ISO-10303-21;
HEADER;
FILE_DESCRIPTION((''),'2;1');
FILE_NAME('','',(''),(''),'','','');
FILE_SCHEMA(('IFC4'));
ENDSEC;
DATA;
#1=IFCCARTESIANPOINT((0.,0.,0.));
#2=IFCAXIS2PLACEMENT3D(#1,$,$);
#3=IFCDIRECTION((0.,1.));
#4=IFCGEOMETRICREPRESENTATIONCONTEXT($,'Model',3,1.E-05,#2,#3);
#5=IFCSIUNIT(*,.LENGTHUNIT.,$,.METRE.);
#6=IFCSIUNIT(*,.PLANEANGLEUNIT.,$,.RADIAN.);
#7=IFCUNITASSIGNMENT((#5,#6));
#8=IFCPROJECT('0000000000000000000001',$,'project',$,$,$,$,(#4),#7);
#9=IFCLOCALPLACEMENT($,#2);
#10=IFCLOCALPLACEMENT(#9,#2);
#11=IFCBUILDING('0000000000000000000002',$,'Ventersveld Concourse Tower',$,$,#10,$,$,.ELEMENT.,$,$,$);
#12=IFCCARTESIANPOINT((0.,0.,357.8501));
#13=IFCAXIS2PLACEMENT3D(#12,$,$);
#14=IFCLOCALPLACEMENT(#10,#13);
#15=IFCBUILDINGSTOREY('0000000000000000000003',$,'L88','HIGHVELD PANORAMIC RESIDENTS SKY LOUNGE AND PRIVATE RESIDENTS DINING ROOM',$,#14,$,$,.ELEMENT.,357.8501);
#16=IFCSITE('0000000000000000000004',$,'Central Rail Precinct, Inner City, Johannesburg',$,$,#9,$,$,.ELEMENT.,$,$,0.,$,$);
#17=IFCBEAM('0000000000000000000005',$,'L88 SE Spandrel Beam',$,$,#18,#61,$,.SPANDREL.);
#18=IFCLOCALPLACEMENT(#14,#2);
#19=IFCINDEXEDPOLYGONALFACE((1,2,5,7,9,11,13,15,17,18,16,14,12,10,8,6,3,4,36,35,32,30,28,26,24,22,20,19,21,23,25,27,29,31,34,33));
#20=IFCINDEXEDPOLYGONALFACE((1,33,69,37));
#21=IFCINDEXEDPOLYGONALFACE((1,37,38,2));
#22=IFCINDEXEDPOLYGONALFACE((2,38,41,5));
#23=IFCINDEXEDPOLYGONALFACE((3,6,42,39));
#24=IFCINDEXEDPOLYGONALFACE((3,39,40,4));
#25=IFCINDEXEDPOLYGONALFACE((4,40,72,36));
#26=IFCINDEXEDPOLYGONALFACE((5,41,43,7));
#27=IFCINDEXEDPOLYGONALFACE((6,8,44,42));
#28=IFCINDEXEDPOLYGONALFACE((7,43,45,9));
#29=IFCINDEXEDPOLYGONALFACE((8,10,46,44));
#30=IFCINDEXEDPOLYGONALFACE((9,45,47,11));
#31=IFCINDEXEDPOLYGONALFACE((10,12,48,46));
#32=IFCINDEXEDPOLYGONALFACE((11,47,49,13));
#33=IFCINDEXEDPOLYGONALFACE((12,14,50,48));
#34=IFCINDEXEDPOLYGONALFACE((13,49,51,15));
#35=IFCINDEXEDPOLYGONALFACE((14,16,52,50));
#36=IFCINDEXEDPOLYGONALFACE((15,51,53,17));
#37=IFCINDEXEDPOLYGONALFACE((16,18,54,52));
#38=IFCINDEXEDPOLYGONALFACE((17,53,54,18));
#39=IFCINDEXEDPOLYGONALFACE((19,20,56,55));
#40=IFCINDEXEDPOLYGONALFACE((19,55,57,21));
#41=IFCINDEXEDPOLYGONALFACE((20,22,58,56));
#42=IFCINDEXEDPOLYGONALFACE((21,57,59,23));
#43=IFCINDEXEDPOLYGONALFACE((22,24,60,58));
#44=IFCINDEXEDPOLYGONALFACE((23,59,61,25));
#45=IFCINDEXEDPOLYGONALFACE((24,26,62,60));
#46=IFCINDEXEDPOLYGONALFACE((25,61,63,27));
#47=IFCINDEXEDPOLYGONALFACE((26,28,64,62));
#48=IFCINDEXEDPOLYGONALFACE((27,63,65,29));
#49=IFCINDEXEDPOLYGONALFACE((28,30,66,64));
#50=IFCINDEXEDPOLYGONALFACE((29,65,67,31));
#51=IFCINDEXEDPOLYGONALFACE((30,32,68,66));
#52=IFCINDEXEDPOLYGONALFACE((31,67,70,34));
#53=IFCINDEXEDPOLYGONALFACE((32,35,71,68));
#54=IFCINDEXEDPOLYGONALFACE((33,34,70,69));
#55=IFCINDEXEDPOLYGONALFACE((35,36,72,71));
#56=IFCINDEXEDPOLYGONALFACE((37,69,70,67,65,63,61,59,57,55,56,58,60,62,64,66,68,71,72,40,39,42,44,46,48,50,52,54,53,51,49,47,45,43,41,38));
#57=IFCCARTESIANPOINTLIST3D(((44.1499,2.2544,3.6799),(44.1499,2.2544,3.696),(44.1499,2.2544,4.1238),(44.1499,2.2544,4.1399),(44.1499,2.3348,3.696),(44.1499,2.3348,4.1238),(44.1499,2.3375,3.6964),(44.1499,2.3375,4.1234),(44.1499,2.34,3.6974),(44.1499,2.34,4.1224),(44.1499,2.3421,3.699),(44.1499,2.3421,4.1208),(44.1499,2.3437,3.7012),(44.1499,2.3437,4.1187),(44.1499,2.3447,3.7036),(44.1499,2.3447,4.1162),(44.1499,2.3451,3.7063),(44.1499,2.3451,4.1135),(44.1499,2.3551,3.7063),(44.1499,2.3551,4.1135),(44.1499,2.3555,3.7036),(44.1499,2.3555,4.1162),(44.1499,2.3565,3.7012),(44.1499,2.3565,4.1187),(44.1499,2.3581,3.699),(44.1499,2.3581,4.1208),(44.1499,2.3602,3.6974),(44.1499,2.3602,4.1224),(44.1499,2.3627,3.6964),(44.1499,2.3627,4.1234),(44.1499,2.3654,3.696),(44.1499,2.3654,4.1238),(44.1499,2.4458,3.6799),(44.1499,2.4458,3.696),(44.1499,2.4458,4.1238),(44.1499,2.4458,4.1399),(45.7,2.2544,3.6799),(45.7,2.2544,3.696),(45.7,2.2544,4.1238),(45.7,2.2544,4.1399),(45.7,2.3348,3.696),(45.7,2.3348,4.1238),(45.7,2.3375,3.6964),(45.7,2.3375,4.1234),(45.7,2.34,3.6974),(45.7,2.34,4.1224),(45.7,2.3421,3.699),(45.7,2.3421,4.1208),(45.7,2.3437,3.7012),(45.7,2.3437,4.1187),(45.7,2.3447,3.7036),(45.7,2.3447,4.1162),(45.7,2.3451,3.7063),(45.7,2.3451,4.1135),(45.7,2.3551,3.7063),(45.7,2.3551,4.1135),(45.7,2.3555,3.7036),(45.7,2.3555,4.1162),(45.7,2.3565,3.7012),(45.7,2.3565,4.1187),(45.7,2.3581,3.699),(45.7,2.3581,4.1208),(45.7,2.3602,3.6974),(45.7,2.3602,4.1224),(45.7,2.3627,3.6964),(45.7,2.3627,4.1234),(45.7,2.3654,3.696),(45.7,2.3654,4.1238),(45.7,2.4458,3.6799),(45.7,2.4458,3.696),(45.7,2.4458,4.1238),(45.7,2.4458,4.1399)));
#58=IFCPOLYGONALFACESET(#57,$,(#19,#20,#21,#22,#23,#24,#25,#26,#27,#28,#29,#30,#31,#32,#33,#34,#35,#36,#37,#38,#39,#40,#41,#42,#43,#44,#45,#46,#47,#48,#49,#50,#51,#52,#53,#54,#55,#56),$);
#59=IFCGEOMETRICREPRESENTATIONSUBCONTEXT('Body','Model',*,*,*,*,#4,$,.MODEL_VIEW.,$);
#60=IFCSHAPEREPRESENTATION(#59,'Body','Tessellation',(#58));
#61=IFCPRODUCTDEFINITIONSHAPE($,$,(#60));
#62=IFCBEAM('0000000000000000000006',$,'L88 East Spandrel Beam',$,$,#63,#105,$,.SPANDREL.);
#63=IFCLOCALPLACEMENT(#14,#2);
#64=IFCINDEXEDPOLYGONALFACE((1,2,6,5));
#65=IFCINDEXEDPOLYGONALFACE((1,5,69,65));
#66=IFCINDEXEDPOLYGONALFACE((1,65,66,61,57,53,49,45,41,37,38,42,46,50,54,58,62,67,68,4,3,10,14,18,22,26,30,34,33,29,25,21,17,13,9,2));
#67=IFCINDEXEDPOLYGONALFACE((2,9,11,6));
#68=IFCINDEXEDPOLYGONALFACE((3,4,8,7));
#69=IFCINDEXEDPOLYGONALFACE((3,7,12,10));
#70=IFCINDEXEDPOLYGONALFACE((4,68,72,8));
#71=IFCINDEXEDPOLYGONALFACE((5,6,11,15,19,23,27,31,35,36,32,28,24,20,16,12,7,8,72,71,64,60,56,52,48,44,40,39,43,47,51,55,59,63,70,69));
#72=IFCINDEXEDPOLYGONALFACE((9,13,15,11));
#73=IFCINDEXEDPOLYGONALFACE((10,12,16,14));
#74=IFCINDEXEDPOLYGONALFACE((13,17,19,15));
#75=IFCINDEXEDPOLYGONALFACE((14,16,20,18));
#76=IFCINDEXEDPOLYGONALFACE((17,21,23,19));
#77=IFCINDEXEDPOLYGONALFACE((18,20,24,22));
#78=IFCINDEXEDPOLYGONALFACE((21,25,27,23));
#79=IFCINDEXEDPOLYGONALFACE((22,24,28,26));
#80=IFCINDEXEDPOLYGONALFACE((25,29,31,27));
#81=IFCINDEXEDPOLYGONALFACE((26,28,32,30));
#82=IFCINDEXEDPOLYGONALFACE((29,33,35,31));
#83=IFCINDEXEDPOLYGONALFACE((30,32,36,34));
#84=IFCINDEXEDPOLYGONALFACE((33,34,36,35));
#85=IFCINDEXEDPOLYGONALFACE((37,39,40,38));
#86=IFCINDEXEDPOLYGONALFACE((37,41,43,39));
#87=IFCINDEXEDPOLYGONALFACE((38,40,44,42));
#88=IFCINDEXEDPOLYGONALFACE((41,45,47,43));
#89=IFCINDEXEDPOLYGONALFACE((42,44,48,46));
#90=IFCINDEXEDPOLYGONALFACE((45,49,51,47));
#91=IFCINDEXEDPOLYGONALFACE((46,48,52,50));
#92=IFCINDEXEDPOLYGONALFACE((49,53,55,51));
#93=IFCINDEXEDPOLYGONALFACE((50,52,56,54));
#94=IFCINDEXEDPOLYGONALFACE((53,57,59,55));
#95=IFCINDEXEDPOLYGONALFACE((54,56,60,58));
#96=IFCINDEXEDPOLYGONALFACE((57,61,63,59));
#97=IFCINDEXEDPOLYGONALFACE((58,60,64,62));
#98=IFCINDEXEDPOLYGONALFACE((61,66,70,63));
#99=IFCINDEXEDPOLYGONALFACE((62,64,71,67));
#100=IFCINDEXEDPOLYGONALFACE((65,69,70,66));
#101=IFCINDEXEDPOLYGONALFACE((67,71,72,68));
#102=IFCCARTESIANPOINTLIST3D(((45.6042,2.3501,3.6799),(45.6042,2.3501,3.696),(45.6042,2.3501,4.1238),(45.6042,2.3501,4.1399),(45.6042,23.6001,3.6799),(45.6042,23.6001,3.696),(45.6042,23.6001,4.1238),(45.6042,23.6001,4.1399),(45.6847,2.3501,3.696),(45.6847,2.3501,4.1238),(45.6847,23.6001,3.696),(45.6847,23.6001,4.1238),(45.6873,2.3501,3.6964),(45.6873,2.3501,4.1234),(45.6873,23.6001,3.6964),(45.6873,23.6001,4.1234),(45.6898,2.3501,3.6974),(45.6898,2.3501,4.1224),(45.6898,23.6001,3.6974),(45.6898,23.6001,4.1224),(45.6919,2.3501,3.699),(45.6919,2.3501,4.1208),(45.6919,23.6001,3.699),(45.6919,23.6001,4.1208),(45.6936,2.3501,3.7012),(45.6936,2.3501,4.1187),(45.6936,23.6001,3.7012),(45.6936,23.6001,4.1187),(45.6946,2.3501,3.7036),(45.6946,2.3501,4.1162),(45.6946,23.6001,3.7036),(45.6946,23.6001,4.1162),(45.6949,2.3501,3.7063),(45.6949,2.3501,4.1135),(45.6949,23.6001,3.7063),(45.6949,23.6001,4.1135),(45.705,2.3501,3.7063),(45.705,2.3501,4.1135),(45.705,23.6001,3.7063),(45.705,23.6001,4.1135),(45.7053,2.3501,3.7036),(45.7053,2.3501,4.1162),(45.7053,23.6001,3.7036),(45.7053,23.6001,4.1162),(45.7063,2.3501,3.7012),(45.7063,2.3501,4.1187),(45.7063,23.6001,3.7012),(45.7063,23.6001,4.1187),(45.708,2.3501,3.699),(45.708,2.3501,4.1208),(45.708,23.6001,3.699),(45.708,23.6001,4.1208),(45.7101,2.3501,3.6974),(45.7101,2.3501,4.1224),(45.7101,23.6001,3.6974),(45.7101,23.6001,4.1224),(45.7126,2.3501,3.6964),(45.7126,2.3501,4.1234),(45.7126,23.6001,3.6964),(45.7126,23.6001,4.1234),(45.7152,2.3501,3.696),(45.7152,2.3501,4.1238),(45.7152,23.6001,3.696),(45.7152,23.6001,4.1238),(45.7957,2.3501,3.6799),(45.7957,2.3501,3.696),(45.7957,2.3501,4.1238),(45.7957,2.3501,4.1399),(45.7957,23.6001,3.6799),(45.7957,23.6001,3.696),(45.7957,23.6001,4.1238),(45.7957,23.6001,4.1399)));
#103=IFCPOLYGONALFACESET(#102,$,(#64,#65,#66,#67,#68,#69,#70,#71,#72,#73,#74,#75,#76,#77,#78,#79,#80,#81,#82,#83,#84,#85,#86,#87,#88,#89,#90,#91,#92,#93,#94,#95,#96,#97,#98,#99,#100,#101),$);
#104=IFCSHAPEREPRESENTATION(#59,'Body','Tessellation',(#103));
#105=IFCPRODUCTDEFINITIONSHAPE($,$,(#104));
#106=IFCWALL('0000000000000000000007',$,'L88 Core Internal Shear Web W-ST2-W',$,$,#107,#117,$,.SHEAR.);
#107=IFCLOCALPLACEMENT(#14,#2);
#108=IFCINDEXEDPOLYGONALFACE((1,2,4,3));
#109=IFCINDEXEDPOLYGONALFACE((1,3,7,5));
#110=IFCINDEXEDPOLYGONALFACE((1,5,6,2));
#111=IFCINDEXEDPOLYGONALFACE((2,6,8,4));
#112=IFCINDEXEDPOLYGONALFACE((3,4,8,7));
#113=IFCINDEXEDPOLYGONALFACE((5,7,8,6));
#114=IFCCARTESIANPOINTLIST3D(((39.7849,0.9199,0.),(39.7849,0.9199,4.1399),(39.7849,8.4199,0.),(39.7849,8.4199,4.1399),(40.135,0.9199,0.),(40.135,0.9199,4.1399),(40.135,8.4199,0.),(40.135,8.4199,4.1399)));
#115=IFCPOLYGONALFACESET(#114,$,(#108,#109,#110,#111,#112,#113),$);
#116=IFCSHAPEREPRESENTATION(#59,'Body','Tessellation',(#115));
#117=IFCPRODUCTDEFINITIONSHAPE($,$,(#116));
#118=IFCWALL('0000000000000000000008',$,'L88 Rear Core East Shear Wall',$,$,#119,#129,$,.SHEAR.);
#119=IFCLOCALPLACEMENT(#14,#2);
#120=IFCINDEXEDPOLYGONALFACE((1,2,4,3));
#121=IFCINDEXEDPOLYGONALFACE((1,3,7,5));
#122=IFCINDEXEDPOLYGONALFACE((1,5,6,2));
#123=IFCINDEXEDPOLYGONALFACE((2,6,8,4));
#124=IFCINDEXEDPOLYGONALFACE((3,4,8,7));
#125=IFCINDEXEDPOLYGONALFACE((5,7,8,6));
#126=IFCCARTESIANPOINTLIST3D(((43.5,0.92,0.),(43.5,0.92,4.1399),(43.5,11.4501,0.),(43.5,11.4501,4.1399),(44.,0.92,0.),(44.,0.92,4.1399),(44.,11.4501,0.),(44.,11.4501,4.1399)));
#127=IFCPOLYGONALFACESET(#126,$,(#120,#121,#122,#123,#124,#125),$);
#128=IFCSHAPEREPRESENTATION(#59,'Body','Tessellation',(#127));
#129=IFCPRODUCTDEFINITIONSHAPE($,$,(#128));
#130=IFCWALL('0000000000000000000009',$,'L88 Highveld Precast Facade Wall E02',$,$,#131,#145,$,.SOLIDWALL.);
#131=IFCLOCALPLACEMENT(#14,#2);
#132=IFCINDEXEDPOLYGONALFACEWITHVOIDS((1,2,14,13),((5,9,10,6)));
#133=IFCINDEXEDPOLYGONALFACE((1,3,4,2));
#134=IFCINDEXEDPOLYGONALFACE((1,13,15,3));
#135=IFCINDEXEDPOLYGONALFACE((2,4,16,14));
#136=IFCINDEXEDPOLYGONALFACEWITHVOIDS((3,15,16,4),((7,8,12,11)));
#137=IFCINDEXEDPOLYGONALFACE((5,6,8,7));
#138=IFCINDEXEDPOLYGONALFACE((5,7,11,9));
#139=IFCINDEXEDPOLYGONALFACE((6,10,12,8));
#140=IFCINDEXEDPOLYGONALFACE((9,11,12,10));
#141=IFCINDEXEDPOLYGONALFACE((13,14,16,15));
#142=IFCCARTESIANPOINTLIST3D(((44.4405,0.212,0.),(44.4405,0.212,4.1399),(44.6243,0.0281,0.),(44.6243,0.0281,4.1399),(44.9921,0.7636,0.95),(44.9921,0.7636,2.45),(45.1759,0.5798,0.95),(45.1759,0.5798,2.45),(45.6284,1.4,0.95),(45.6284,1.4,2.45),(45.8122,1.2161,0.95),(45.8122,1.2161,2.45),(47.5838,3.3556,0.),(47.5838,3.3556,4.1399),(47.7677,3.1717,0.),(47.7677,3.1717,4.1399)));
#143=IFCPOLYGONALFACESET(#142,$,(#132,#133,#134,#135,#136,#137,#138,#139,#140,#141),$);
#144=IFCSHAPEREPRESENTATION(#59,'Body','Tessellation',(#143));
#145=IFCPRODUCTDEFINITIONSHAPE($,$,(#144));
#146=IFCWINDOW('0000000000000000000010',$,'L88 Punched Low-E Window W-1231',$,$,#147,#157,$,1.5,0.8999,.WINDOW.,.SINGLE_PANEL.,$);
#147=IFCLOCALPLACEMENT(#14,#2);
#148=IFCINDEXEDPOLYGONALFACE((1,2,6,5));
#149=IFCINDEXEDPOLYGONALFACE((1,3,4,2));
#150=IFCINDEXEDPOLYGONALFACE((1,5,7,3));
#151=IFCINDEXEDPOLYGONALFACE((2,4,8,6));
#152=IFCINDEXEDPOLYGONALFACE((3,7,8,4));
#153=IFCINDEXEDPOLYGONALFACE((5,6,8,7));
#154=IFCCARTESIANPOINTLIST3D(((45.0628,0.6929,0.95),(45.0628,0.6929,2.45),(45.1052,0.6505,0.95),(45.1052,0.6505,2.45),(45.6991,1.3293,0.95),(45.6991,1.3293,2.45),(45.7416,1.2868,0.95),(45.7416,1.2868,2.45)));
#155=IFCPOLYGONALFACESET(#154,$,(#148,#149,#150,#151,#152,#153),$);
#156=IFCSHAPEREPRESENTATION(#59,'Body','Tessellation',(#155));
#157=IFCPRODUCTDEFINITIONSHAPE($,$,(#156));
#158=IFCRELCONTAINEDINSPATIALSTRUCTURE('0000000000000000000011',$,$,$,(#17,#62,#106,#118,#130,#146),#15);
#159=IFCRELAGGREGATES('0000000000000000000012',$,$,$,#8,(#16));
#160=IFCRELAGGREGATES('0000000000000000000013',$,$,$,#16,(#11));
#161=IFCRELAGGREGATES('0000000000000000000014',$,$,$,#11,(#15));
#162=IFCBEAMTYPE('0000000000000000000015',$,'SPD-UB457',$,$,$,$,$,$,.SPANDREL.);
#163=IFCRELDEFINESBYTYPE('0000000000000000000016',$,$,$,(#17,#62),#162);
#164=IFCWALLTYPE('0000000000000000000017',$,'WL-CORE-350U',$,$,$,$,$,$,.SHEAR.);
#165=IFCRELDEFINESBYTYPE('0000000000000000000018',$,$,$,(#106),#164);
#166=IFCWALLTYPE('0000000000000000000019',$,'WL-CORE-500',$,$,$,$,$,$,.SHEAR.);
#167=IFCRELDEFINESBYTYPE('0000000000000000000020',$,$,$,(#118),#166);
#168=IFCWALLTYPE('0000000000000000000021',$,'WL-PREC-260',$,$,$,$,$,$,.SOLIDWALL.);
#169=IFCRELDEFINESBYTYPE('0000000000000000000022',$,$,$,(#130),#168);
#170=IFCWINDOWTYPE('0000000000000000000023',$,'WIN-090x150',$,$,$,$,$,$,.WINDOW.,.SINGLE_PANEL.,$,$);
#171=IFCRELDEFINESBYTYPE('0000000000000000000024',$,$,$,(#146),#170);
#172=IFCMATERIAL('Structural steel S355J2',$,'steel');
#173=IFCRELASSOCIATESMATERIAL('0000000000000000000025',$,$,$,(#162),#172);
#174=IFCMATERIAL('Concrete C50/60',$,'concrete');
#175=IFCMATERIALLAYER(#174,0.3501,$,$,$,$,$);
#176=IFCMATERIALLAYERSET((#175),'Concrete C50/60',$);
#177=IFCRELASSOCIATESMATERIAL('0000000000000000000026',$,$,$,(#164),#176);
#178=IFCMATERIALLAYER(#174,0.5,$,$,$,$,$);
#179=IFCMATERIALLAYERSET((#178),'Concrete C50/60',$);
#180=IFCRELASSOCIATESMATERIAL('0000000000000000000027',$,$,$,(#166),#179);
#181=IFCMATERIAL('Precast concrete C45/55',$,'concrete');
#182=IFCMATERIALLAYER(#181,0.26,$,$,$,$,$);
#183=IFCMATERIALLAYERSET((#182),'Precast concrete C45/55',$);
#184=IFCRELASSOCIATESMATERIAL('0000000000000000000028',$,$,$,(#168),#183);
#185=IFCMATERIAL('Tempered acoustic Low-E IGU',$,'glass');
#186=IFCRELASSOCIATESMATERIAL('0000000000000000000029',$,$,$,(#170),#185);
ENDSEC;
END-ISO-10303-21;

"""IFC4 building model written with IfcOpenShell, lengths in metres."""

from ifc_helpers import new_model, si_unit, direction, frame, frame_2d, origin, origin_2d, place, context, subcontext, project, spatial, rectangle, i_section, extrude, material, layer, layer_set, material_profile, profile_set, type_object, element, fill, save


model = new_model("IFC4")

# Units and contexts
model_context = context("Model", 3, precision=1e-05, world=origin(), true_north=direction((0.0, 1.0)))
body_context = subcontext(model_context, "Body", "Model", "MODEL_VIEW")
ifc_project = project(units=[si_unit("LENGTHUNIT", "METRE"), si_unit("PLANEANGLEUNIT", "RADIAN")], contexts=[model_context])

# Site, building, storey
site_placement = place(None, origin())
site = spatial("IfcSite", under=ifc_project, at=site_placement, Name="Central Rail Precinct, Inner City, Johannesburg", CompositionType="ELEMENT", RefElevation=0.0)
building_placement = place(site_placement, origin())
building = spatial("IfcBuilding", under=site, at=building_placement, Name="Ventersveld Concourse Tower", CompositionType="ELEMENT")
storey_placement = place(building_placement, frame((0.0, 0.0, 357.8501)))
storey = spatial("IfcBuildingStorey", under=building, at=storey_placement, Name="L88", Description="HIGHVELD PANORAMIC RESIDENTS SKY LOUNGE AND PRIVATE RESIDENTS DINING ROOM", CompositionType="ELEMENT", Elevation=357.8501)

# Shared definitions
ifc_material_1 = material(Name="Concrete C50/60", Category="concrete")

# Shared definitions
ifc_material_2 = material(Name="Structural steel S355J2", Category="steel")

# Beams
ifc_material_profile_1 = material_profile(ifc_material_2, i_section(OverallWidth=0.1914, OverallDepth=0.46, WebThickness=0.01, FlangeThickness=0.0161, FilletRadius=0.0103, at=origin_2d()), Name="UB 457x191x82")
ifc_profile_set_1 = profile_set([ifc_material_profile_1], Name="Structural steel S355J2")
beam_type_1 = type_object("IfcBeamType", Name="SPD-UB457", PredefinedType="SPANDREL", material=ifc_profile_set_1)
beam_1_placement = place(storey_placement, frame((44.1499, 2.3501, 3.9099), z_axis=(1.0, 0.0, 0.0), x_axis=(0.0, 1.0, 0.0)))
element("IfcBeam", 1, at=beam_1_placement, inside=storey, type_object=beam_type_1, Name="L88 SE Spandrel Beam", PredefinedType="SPANDREL", context=body_context, shape_type="SweptSolid", body=[
    extrude(i_section(OverallWidth=0.1914, OverallDepth=0.46, WebThickness=0.01, FlangeThickness=0.0161, FilletRadius=0.0103, at=origin_2d()), origin(), (0.0, 0.0, 1.0), 1.55),
])
beam_2_placement = place(storey_placement, frame((45.7, 2.3501, 3.9099), z_axis=(0.0, 1.0, 0.0), x_axis=(-1.0, 0.0, 0.0)))
element("IfcBeam", 2, at=beam_2_placement, inside=storey, type_object=beam_type_1, Name="L88 East Spandrel Beam", PredefinedType="SPANDREL", context=body_context, shape_type="SweptSolid", body=[
    extrude(i_section(OverallWidth=0.1914, OverallDepth=0.46, WebThickness=0.01, FlangeThickness=0.0161, FilletRadius=0.0103, at=origin_2d()), origin(), (0.0, 0.0, 1.0), 21.25),
])

# Walls
ifc_layer_1 = layer(ifc_material_1, 0.3501)
ifc_layer_set_1 = layer_set([ifc_layer_1], Name="Concrete C50/60")
wall_type_1 = type_object("IfcWallType", Name="WL-CORE-350U", PredefinedType="SHEAR", material=ifc_layer_set_1)
wall_1_placement = place(storey_placement, frame((39.96, 0.9199, 0.0), z_axis=(0.0, 0.0, 1.0), x_axis=(0.0, 1.0, 0.0)))
element("IfcWall", 3, at=wall_1_placement, inside=storey, type_object=wall_type_1, Name="L88 Core Internal Shear Web W-ST2-W", PredefinedType="SHEAR", context=body_context, shape_type="SweptSolid", body=[
    extrude(rectangle(XDim=7.5, YDim=0.3501, at=frame_2d((3.75, 0.0))), origin(), (0.0, 0.0, 1.0), 4.1399),
])
ifc_layer_2 = layer(ifc_material_1, 0.5)
ifc_layer_set_2 = layer_set([ifc_layer_2], Name="Concrete C50/60")
wall_type_2 = type_object("IfcWallType", Name="WL-CORE-500", PredefinedType="SHEAR", material=ifc_layer_set_2)
wall_2_placement = place(storey_placement, frame((43.75, 0.9199, 0.0), z_axis=(0.0, 0.0, 1.0), x_axis=(0.0, 1.0, 0.0)))
element("IfcWall", 4, at=wall_2_placement, inside=storey, type_object=wall_type_2, Name="L88 Rear Core East Shear Wall", PredefinedType="SHEAR", context=body_context, shape_type="SweptSolid", body=[
    extrude(rectangle(XDim=10.53, YDim=0.5, at=frame_2d((5.2651, 0.0))), origin(), (0.0, 0.0, 1.0), 4.1399),
])

# Wall, opening, window
ifc_material_3 = material(Name="Precast concrete C45/55", Category="concrete")
ifc_layer_3 = layer(ifc_material_3, 0.26)
ifc_layer_set_3 = layer_set([ifc_layer_3], Name="Precast concrete C45/55")
wall_type_3 = type_object("IfcWallType", Name="WL-PREC-260", PredefinedType="SOLIDWALL", material=ifc_layer_set_3)
wall_3_placement = place(storey_placement, frame((44.5325, 0.1201, 0.0), z_axis=(0.0, 0.0, 1.0), x_axis=(0.707079, 0.707134, 0.0)))
wall_3 = element("IfcWall", 5, at=wall_3_placement, inside=storey, type_object=wall_type_3, Name="L88 Highveld Precast Facade Wall E02", PredefinedType="SOLIDWALL", context=body_context, shape_type="SweptSolid", body=[
    extrude(rectangle(XDim=4.4456, YDim=0.26, at=frame_2d((2.2227, 0.0))), origin(), (0.0, 0.0, 1.0), 4.1399),
])
opening_1_placement = place(wall_3_placement, frame((0.78, 0.0, 0.95)))
opening_1 = element("IfcOpeningElement", 6, at=opening_1_placement, cuts=wall_3, PredefinedType="OPENING", context=body_context, shape_type="SweptSolid", body=[
    extrude(rectangle(XDim=0.8999, YDim=1.5, at=frame_2d((0.45, 0.75))), frame((0.0, 0.1401, 0.0), z_axis=(0.0, -1.0, 0.0), x_axis=(1.0, 0.0, 0.0)), (0.0, 0.0, 1.0), 0.28),
])
ifc_material_4 = material(Name="Tempered acoustic Low-E IGU", Category="glass")
window_type_1 = type_object("IfcWindowType", Name="WIN-090x150", PartitioningType="SINGLE_PANEL", PredefinedType="WINDOW", material=ifc_material_4)
window_1_placement = place(opening_1_placement, origin())
window_1 = element("IfcWindow", 7, at=window_1_placement, inside=storey, type_object=window_type_1, Name="L88 Punched Low-E Window W-1231", OverallHeight=1.5, OverallWidth=0.8999, PartitioningType="SINGLE_PANEL", PredefinedType="WINDOW", context=body_context, shape_type="SweptSolid", body=[
    extrude(rectangle(XDim=0.8999, YDim=1.5, at=frame_2d((0.45, 0.75))), frame((0.0, 0.03, 0.0), z_axis=(0.0, -1.0, 0.0), x_axis=(1.0, 0.0, 0.0)), (0.0, 0.0, 1.0), 0.0601),
])
fill(opening_1, window_1)

save(model, "model.ifc")
